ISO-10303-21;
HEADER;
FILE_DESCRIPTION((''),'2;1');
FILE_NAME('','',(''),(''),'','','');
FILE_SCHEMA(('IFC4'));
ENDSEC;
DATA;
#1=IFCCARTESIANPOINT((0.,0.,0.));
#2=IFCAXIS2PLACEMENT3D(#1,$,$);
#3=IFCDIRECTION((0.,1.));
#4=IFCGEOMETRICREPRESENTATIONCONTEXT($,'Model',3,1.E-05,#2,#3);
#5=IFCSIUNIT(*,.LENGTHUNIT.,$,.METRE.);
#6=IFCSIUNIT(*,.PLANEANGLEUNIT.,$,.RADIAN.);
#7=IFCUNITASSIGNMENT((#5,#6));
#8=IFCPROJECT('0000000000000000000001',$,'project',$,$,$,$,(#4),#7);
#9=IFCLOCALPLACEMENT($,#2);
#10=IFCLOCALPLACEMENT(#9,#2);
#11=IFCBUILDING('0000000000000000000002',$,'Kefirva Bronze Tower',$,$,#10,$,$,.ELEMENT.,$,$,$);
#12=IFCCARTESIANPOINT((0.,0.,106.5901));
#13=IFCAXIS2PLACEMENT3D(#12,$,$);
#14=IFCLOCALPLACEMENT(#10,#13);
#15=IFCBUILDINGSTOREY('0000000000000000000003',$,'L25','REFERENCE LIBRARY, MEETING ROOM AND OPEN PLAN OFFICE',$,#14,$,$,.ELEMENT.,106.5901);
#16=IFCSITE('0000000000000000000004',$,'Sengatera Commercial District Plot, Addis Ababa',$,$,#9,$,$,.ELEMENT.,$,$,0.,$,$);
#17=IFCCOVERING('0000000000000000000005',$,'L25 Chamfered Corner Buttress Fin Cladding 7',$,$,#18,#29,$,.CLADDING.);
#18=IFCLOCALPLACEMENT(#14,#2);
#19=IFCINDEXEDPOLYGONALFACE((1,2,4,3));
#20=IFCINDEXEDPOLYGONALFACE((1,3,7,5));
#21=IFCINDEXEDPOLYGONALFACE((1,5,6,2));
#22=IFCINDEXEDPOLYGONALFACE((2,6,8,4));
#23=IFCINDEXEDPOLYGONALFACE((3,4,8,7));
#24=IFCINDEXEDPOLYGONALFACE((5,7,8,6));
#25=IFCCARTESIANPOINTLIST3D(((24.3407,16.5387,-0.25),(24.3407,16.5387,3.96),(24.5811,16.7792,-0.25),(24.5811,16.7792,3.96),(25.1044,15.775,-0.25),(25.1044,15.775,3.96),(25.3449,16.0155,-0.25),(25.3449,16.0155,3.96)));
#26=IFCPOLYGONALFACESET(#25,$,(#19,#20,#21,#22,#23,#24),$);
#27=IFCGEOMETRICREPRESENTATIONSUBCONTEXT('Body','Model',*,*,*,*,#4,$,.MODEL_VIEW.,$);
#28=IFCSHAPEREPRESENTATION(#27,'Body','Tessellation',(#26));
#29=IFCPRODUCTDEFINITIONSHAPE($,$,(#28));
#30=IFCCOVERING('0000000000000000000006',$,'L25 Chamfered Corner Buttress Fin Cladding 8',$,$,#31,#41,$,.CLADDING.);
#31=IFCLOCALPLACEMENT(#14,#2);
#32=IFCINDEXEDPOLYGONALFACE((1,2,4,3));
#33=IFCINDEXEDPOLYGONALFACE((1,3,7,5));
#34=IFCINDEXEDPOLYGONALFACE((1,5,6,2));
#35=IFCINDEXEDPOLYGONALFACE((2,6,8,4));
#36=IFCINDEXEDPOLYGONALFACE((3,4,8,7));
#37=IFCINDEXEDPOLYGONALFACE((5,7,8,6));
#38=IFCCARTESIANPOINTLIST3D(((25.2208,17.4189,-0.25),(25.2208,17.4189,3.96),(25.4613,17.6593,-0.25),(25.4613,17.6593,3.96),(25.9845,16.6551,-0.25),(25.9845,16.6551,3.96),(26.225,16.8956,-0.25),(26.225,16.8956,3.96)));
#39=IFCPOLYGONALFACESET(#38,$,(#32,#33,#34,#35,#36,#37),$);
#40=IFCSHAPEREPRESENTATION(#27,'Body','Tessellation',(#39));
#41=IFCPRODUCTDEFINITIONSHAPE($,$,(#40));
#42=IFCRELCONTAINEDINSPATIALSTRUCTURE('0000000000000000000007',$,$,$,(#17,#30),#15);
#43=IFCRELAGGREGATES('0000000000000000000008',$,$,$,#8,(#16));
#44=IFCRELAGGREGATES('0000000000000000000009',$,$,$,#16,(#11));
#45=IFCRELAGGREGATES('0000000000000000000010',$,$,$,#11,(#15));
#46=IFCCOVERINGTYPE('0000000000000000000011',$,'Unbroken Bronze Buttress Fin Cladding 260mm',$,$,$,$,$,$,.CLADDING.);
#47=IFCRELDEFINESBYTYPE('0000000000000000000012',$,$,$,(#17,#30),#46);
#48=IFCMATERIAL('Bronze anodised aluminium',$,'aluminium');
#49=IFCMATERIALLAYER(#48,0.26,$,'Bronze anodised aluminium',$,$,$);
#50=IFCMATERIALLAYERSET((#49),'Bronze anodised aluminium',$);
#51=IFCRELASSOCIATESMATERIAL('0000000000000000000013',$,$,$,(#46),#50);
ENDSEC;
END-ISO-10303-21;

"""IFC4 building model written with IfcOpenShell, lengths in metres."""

from ifc_helpers import new_model, si_unit, direction, frame, origin, origin_2d, place, context, subcontext, project, spatial, rectangle, extrude, material, layer, layer_set, type_object, element, save


model = new_model("IFC4")

# Units and contexts
model_context = context("Model", 3, precision=1e-05, world=origin(), true_north=direction((0.0, 1.0)))
body_context = subcontext(model_context, "Body", "Model", "MODEL_VIEW")
ifc_project = project(units=[si_unit("LENGTHUNIT", "METRE"), si_unit("PLANEANGLEUNIT", "RADIAN")], contexts=[model_context])

# Site, building, storey
site_placement = place(None, origin())
site = spatial("IfcSite", under=ifc_project, at=site_placement, Name="Sengatera Commercial District Plot, Addis Ababa", CompositionType="ELEMENT", RefElevation=0.0)
building_placement = place(site_placement, origin())
building = spatial("IfcBuilding", under=site, at=building_placement, Name="Kefirva Bronze Tower", CompositionType="ELEMENT")
storey_placement = place(building_placement, frame((0.0, 0.0, 106.5901)))
storey = spatial("IfcBuildingStorey", under=building, at=storey_placement, Name="L25", Description="REFERENCE LIBRARY, MEETING ROOM AND OPEN PLAN OFFICE", CompositionType="ELEMENT", Elevation=106.5901)

# Shared definitions
ifc_material_1 = material(Name="Bronze anodised aluminium", Category="aluminium")

# Coverings
ifc_layer_1 = layer(ifc_material_1, 0.26, Name="Bronze anodised aluminium")
ifc_layer_set_1 = layer_set([ifc_layer_1], Name="Bronze anodised aluminium")
covering_type_1 = type_object("IfcCoveringType", Name="Unbroken Bronze Buttress Fin Cladding 260mm", PredefinedType="CLADDING", material=ifc_layer_set_1)
for number, where, z_axis, x_axis, name in (
    (1, (24.8428, 16.2771, -0.25), (0.0, 0.0, 1.0), (0.707107, 0.707107, 0.0), "L25 Chamfered Corner Buttress Fin Cladding 7"),
    (2, (25.7229, 17.1572, -0.25), (0.0, 0.0, 1.0), (0.707107, 0.707107, 0.0), "L25 Chamfered Corner Buttress Fin Cladding 8"),
):
    element("IfcCovering", number, at=place(storey_placement, frame(where, z_axis=z_axis, x_axis=x_axis)), inside=storey, type_object=covering_type_1, Name=name, PredefinedType="CLADDING", context=body_context, shape_type="SweptSolid", body=[
        extrude(rectangle(XDim=0.3401, YDim=1.0801, at=origin_2d()), origin(), (0.0, 0.0, 1.0), 4.21),
    ])

save(model, "model.ifc")
